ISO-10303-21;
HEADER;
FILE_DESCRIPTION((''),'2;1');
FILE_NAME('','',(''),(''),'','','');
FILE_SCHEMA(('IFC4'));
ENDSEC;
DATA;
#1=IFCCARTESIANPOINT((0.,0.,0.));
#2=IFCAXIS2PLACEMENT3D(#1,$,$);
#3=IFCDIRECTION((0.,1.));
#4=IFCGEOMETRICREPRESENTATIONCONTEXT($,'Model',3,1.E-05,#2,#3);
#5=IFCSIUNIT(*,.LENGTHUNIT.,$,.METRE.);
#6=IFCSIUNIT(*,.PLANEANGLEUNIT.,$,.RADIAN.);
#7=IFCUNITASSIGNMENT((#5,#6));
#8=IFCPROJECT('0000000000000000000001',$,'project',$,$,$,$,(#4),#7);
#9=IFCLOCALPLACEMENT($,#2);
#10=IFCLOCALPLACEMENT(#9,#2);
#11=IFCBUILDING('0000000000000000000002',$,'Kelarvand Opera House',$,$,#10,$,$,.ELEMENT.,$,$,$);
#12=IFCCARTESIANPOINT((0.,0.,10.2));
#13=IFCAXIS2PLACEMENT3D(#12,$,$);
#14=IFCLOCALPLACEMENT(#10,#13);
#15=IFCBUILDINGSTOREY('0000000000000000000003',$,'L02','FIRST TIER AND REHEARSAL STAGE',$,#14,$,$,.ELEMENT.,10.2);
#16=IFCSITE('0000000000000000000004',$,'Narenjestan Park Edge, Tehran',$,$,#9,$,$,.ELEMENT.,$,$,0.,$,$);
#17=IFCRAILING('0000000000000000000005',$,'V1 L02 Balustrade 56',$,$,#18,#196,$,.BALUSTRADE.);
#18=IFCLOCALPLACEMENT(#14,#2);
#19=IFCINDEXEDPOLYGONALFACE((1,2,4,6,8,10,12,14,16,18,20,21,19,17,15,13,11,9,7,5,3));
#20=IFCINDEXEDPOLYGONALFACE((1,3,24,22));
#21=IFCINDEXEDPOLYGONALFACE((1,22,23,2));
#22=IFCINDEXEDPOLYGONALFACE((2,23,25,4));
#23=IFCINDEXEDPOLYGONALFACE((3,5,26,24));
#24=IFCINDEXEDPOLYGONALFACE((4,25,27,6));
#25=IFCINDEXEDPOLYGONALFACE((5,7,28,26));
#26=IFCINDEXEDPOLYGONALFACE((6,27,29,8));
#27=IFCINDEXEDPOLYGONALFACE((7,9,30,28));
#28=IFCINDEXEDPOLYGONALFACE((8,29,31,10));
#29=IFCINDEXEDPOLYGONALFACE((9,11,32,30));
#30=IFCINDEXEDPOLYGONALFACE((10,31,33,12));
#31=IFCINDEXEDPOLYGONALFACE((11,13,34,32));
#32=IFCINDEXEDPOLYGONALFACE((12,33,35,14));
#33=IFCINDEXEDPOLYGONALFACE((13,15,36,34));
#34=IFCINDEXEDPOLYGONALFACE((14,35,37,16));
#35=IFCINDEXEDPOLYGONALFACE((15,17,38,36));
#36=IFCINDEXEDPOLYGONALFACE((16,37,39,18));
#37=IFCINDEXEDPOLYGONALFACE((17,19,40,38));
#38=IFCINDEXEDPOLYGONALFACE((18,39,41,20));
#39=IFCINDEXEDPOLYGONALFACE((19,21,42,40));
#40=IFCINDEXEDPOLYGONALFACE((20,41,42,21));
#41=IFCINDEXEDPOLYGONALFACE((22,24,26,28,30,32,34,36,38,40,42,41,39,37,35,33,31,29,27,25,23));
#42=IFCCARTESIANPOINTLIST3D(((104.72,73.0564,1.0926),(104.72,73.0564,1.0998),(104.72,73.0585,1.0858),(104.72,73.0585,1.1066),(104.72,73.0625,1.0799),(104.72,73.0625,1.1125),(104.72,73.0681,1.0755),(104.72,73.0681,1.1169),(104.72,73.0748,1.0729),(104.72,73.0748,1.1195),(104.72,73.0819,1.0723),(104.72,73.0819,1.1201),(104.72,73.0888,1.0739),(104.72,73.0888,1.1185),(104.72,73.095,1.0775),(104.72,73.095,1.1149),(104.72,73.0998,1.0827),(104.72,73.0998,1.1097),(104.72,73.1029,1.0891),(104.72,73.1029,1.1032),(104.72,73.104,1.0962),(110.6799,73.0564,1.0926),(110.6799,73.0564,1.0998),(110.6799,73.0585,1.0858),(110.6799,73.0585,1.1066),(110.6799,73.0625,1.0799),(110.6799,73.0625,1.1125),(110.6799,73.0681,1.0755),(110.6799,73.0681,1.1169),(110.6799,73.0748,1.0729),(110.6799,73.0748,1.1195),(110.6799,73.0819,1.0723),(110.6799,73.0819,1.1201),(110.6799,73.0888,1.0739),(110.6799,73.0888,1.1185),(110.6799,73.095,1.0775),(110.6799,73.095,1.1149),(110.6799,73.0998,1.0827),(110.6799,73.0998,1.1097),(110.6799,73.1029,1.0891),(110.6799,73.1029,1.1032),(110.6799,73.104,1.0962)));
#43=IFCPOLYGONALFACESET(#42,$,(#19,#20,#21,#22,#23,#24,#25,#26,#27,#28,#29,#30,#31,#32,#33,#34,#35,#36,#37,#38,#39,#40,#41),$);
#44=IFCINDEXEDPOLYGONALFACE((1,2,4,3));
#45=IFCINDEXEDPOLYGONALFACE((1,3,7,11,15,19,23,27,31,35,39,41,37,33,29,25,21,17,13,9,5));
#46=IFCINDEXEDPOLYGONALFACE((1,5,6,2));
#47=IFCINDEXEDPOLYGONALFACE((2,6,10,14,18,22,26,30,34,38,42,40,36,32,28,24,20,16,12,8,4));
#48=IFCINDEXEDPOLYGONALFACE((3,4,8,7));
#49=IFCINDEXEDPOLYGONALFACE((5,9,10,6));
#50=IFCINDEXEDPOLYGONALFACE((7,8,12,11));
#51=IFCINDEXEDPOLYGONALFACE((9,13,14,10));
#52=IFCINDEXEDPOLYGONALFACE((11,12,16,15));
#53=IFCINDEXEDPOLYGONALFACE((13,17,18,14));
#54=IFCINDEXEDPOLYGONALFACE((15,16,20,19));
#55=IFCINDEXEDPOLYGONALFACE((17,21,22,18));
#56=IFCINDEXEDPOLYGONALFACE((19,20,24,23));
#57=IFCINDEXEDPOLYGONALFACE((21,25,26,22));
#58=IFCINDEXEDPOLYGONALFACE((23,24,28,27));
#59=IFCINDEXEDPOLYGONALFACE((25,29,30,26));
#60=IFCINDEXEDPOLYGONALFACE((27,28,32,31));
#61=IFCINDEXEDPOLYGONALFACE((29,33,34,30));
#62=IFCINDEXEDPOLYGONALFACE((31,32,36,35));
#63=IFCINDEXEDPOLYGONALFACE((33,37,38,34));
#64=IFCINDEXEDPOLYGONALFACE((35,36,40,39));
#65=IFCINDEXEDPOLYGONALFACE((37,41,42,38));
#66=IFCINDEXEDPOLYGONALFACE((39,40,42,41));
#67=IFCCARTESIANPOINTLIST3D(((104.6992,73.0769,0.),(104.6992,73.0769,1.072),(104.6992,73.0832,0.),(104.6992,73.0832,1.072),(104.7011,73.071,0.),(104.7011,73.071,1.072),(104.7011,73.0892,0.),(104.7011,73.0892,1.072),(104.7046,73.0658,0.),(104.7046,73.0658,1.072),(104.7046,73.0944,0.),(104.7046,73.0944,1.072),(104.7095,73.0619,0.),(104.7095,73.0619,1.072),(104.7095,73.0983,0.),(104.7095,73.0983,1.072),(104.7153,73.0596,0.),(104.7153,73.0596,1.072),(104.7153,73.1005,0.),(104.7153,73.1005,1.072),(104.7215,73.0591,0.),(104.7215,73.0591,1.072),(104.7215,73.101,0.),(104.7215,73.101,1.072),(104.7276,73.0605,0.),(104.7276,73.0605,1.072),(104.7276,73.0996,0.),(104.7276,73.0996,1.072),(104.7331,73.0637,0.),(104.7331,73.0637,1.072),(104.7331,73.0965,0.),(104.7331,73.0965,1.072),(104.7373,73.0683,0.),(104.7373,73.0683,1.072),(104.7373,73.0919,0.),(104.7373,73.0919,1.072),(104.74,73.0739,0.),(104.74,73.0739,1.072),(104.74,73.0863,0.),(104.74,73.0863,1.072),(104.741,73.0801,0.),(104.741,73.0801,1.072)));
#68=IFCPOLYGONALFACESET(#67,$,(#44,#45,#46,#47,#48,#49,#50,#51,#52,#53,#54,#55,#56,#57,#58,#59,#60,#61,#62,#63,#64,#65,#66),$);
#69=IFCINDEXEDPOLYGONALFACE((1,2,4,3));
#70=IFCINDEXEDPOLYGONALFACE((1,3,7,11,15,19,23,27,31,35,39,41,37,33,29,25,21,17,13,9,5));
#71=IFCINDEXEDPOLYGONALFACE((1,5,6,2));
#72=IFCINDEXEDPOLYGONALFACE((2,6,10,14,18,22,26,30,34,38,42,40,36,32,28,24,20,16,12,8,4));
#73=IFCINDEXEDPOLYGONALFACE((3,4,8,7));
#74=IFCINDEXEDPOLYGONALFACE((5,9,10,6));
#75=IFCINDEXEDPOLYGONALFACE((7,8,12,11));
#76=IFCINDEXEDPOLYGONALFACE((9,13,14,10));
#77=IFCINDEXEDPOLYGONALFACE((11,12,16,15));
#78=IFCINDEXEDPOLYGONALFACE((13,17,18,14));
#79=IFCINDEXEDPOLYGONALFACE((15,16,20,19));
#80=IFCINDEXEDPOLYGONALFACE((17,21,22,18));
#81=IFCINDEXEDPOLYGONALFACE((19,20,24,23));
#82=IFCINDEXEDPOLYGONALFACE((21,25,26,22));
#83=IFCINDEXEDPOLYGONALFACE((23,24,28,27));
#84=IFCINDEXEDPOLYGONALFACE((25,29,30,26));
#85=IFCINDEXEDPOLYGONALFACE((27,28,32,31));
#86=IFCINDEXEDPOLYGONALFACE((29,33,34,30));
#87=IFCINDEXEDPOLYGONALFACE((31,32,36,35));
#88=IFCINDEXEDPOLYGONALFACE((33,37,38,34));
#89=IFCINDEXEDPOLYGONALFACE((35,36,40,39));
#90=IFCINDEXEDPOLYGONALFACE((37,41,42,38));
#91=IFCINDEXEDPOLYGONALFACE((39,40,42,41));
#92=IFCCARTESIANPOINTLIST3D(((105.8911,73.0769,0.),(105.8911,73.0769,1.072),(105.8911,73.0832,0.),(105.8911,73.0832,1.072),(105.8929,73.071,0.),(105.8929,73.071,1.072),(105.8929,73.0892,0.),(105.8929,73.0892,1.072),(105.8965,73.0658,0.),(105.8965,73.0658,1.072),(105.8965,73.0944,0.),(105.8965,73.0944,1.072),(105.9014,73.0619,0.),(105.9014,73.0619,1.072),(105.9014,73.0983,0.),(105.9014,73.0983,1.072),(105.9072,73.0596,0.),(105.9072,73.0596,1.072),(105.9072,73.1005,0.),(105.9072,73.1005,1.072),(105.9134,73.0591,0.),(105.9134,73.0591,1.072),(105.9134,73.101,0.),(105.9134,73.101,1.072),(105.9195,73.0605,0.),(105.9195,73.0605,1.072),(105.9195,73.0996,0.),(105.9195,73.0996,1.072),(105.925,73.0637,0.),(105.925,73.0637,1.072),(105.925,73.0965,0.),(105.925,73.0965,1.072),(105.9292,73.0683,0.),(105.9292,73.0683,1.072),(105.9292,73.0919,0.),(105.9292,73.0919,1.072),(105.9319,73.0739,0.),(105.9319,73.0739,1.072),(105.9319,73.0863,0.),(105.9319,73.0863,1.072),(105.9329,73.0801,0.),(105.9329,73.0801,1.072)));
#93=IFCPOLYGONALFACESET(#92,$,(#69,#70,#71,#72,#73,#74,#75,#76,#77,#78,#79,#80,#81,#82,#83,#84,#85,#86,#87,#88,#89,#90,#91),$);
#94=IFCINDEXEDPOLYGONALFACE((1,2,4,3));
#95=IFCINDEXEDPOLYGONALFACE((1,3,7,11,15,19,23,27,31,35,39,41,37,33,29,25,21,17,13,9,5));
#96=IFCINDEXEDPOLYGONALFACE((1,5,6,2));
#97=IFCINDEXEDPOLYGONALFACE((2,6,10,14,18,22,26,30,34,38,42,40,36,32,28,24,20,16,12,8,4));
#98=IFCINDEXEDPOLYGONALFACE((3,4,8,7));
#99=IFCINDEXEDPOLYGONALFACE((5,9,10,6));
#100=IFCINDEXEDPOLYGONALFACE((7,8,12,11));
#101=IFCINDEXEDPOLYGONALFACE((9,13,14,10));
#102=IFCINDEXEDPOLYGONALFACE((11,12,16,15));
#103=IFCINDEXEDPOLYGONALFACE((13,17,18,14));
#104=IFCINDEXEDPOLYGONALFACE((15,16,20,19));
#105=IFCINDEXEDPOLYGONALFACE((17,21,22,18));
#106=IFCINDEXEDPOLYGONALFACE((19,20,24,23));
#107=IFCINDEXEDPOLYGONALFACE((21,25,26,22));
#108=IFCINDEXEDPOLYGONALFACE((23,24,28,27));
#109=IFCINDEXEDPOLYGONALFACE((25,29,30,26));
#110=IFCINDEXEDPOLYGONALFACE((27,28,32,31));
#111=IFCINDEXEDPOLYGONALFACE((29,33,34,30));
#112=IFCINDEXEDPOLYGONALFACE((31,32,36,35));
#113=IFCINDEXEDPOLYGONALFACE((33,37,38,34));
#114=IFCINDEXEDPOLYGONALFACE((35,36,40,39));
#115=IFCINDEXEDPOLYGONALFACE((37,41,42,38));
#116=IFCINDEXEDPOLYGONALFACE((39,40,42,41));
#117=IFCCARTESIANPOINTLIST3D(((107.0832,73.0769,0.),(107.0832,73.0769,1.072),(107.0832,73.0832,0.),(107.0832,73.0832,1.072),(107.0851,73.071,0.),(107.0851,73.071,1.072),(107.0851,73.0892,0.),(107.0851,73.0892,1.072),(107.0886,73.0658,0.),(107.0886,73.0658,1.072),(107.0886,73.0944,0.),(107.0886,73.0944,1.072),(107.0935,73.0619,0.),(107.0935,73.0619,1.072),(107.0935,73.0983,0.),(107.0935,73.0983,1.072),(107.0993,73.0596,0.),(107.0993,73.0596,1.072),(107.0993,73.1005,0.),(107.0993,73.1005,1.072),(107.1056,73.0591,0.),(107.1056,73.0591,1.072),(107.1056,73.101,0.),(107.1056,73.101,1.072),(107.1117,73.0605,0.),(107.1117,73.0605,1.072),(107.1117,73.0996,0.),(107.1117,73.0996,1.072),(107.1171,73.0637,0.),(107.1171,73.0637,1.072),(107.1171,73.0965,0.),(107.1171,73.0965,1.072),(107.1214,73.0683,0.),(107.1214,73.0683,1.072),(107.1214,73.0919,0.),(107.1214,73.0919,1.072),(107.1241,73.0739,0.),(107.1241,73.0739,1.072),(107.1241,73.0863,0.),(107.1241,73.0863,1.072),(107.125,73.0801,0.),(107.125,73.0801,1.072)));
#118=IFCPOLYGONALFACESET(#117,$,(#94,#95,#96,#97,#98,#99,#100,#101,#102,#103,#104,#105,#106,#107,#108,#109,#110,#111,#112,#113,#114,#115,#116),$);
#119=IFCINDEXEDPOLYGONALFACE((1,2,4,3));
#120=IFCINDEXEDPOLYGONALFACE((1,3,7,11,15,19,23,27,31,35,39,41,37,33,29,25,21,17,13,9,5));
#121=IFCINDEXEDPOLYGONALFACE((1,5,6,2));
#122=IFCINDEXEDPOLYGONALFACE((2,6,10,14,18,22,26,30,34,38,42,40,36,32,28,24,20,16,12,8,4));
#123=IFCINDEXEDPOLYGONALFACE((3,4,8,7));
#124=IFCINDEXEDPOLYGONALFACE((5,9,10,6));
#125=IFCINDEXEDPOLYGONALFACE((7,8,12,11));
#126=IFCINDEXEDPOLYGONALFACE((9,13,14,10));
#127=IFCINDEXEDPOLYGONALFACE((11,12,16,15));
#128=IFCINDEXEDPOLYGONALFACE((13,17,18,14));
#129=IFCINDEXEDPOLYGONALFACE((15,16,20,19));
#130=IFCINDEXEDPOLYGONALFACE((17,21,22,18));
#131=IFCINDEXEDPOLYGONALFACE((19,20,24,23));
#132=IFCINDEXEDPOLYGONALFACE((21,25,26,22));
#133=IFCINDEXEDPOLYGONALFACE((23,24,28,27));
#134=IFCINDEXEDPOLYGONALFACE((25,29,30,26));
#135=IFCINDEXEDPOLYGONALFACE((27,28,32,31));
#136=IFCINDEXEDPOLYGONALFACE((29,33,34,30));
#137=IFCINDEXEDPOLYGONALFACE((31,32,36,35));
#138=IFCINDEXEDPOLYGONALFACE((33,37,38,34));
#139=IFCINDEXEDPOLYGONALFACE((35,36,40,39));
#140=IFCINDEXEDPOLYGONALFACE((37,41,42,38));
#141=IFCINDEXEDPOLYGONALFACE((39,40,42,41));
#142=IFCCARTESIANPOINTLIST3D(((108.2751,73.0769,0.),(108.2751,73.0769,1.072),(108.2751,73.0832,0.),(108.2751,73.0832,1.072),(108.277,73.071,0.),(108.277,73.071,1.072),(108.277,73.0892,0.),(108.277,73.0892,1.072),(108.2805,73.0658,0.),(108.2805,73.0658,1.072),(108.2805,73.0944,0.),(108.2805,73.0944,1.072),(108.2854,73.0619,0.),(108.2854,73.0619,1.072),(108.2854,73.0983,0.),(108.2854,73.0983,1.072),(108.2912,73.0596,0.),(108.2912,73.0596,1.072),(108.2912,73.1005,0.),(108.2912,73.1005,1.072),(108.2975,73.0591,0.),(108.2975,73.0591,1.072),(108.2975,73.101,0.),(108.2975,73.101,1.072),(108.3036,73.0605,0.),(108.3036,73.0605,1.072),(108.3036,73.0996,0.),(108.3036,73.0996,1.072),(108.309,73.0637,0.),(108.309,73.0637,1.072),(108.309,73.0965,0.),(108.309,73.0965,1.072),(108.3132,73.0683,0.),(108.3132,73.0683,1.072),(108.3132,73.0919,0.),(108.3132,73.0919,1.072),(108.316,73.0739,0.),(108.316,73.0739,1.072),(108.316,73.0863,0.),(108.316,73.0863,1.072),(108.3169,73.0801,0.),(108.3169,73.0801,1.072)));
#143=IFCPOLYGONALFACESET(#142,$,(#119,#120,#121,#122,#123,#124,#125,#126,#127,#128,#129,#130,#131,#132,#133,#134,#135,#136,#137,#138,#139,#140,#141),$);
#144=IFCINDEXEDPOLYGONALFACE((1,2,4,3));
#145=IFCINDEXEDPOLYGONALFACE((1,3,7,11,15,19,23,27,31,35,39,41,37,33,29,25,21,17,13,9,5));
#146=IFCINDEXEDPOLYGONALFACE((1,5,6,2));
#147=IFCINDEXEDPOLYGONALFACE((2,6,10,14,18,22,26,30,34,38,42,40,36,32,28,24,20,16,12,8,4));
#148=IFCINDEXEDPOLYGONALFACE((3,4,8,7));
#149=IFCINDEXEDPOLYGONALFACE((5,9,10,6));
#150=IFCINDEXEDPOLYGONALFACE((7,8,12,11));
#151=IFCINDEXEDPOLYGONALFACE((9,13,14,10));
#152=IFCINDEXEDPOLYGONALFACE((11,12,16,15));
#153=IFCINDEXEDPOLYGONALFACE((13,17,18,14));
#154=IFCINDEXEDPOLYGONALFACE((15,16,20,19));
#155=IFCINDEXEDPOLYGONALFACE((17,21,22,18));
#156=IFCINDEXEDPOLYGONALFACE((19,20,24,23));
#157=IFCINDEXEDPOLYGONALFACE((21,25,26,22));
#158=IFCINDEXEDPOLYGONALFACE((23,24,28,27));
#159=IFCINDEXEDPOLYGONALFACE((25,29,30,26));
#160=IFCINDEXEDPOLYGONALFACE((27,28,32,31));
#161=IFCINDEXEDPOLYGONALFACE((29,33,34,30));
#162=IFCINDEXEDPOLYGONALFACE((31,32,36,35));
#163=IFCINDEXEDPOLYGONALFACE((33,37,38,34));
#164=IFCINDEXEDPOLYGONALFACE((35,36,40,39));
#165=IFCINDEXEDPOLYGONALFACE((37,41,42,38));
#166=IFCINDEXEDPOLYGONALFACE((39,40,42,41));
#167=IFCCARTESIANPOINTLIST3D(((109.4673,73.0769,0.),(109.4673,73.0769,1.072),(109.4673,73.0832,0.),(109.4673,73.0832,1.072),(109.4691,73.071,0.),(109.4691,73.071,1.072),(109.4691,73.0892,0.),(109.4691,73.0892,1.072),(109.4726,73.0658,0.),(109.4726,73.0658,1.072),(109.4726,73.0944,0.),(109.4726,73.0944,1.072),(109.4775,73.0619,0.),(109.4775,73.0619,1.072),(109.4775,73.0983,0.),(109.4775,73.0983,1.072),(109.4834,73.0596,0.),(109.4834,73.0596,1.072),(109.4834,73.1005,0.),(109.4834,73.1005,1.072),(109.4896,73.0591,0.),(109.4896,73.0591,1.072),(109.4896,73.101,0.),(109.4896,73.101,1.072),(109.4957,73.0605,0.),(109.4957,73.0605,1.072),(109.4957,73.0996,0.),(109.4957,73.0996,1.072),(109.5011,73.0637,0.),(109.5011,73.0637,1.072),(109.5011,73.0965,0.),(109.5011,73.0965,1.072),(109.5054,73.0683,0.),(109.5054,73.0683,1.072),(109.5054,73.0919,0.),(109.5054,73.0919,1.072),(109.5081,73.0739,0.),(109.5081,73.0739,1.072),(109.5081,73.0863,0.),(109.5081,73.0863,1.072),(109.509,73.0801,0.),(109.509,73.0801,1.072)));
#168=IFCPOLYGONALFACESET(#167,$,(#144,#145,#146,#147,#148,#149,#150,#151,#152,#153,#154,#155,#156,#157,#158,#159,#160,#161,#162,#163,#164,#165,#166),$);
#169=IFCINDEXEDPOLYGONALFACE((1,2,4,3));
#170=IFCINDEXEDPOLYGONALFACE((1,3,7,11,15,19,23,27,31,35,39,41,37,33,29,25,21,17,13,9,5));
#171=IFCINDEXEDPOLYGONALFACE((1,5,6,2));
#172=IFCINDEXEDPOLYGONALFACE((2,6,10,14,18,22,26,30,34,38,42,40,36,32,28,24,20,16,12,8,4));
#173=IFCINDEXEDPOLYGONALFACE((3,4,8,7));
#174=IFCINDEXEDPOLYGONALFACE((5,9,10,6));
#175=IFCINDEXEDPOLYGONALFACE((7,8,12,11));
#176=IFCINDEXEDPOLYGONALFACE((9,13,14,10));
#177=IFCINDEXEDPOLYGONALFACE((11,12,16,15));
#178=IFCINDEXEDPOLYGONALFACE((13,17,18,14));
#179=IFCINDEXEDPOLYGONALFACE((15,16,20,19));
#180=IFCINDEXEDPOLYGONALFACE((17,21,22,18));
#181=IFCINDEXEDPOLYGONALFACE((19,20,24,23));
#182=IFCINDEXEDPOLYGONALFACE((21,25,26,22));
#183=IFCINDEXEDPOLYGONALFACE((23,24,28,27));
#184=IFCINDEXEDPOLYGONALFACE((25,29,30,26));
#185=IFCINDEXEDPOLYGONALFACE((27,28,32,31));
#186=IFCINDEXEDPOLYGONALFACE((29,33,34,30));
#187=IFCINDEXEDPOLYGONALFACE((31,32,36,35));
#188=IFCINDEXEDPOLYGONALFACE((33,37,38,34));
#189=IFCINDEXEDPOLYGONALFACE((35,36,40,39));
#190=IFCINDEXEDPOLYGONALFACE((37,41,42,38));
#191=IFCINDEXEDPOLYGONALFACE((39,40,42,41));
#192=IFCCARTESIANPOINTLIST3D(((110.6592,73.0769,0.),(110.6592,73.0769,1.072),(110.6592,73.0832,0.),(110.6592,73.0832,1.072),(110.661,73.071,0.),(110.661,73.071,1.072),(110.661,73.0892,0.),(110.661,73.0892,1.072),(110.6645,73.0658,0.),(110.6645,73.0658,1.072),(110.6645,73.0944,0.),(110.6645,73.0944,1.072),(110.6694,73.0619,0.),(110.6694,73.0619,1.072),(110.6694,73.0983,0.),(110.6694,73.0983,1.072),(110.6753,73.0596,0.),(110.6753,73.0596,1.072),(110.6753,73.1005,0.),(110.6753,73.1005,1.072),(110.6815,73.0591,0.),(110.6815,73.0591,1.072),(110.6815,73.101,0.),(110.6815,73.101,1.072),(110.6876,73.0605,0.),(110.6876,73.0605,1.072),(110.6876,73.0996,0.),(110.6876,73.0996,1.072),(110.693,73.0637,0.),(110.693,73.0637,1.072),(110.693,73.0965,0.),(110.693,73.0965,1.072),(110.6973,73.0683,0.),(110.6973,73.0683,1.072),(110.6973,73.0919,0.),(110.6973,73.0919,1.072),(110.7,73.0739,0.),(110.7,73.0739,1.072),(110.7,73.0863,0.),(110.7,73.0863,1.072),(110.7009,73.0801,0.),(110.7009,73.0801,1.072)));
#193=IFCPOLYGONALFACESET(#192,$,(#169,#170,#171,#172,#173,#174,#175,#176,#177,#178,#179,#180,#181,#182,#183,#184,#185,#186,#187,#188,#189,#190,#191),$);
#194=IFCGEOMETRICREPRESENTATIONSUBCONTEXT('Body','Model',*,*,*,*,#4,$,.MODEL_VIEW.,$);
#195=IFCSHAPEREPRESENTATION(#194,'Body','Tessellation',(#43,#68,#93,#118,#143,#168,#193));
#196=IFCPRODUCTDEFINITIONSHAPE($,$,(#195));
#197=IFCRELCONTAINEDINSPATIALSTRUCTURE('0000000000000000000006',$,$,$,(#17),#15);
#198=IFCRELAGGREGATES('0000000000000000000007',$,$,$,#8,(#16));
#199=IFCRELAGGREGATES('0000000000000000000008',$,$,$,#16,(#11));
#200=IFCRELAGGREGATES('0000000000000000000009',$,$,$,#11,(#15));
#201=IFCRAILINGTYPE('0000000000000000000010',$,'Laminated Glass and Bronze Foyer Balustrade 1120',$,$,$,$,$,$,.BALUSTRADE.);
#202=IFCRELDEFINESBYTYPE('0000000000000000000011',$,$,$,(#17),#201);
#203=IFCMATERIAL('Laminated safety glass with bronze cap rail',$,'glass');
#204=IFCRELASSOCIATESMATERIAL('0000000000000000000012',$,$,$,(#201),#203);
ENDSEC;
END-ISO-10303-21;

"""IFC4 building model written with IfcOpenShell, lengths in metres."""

from ifc_helpers import new_model, si_unit, direction, frame, origin, origin_2d, place, context, subcontext, project, spatial, circle, extrude, material, type_object, element, save


model = new_model("IFC4")

# Units and contexts
model_context = context("Model", 3, precision=1e-05, world=origin(), true_north=direction((0.0, 1.0)))
body_context = subcontext(model_context, "Body", "Model", "MODEL_VIEW")
ifc_project = project(units=[si_unit("LENGTHUNIT", "METRE"), si_unit("PLANEANGLEUNIT", "RADIAN")], contexts=[model_context])

# Site, building, storey
site_placement = place(None, origin())
site = spatial("IfcSite", under=ifc_project, at=site_placement, Name="Narenjestan Park Edge, Tehran", CompositionType="ELEMENT", RefElevation=0.0)
building_placement = place(site_placement, origin())
building = spatial("IfcBuilding", under=site, at=building_placement, Name="Kelarvand Opera House", CompositionType="ELEMENT")
storey_placement = place(building_placement, frame((0.0, 0.0, 10.2)))
storey = spatial("IfcBuildingStorey", under=building, at=storey_placement, Name="L02", Description="FIRST TIER AND REHEARSAL STAGE", CompositionType="ELEMENT", Elevation=10.2)

# Railing
ifc_material_1 = material(Name="Laminated safety glass with bronze cap rail", Category="glass")
railing_type = type_object("IfcRailingType", Name="Laminated Glass and Bronze Foyer Balustrade 1120", PredefinedType="BALUSTRADE", material=ifc_material_1)
railing_1_placement = place(storey_placement, frame((104.72, 73.0801, 0.0)))
element("IfcRailing", 1, at=railing_1_placement, inside=storey, type_object=railing_type, Name="V1 L02 Balustrade 56", PredefinedType="BALUSTRADE", context=body_context, shape_type="SweptSolid", body=[
    extrude(circle(Radius=0.0239, at=origin_2d()), frame((0.0, 0.0, 1.0962), z_axis=(1.0, 0.0, 0.0), x_axis=(0.0, 1.0, 0.0)), (0.0, 0.0, 1.0), 5.96),
    extrude(circle(Radius=0.021, at=origin_2d()), origin(), (0.0, 0.0, 1.0), 1.072),
    extrude(circle(Radius=0.021, at=origin_2d()), frame((1.1919, 0.0, 0.0)), (0.0, 0.0, 1.0), 1.072),
    extrude(circle(Radius=0.021, at=origin_2d()), frame((2.384, 0.0, 0.0)), (0.0, 0.0, 1.0), 1.072),
    extrude(circle(Radius=0.021, at=origin_2d()), frame((3.5759, 0.0, 0.0)), (0.0, 0.0, 1.0), 1.072),
    extrude(circle(Radius=0.021, at=origin_2d()), frame((4.7681, 0.0, 0.0)), (0.0, 0.0, 1.0), 1.072),
    extrude(circle(Radius=0.021, at=origin_2d()), frame((5.96, 0.0, 0.0)), (0.0, 0.0, 1.0), 1.072),
])

save(model, "model.ifc")
